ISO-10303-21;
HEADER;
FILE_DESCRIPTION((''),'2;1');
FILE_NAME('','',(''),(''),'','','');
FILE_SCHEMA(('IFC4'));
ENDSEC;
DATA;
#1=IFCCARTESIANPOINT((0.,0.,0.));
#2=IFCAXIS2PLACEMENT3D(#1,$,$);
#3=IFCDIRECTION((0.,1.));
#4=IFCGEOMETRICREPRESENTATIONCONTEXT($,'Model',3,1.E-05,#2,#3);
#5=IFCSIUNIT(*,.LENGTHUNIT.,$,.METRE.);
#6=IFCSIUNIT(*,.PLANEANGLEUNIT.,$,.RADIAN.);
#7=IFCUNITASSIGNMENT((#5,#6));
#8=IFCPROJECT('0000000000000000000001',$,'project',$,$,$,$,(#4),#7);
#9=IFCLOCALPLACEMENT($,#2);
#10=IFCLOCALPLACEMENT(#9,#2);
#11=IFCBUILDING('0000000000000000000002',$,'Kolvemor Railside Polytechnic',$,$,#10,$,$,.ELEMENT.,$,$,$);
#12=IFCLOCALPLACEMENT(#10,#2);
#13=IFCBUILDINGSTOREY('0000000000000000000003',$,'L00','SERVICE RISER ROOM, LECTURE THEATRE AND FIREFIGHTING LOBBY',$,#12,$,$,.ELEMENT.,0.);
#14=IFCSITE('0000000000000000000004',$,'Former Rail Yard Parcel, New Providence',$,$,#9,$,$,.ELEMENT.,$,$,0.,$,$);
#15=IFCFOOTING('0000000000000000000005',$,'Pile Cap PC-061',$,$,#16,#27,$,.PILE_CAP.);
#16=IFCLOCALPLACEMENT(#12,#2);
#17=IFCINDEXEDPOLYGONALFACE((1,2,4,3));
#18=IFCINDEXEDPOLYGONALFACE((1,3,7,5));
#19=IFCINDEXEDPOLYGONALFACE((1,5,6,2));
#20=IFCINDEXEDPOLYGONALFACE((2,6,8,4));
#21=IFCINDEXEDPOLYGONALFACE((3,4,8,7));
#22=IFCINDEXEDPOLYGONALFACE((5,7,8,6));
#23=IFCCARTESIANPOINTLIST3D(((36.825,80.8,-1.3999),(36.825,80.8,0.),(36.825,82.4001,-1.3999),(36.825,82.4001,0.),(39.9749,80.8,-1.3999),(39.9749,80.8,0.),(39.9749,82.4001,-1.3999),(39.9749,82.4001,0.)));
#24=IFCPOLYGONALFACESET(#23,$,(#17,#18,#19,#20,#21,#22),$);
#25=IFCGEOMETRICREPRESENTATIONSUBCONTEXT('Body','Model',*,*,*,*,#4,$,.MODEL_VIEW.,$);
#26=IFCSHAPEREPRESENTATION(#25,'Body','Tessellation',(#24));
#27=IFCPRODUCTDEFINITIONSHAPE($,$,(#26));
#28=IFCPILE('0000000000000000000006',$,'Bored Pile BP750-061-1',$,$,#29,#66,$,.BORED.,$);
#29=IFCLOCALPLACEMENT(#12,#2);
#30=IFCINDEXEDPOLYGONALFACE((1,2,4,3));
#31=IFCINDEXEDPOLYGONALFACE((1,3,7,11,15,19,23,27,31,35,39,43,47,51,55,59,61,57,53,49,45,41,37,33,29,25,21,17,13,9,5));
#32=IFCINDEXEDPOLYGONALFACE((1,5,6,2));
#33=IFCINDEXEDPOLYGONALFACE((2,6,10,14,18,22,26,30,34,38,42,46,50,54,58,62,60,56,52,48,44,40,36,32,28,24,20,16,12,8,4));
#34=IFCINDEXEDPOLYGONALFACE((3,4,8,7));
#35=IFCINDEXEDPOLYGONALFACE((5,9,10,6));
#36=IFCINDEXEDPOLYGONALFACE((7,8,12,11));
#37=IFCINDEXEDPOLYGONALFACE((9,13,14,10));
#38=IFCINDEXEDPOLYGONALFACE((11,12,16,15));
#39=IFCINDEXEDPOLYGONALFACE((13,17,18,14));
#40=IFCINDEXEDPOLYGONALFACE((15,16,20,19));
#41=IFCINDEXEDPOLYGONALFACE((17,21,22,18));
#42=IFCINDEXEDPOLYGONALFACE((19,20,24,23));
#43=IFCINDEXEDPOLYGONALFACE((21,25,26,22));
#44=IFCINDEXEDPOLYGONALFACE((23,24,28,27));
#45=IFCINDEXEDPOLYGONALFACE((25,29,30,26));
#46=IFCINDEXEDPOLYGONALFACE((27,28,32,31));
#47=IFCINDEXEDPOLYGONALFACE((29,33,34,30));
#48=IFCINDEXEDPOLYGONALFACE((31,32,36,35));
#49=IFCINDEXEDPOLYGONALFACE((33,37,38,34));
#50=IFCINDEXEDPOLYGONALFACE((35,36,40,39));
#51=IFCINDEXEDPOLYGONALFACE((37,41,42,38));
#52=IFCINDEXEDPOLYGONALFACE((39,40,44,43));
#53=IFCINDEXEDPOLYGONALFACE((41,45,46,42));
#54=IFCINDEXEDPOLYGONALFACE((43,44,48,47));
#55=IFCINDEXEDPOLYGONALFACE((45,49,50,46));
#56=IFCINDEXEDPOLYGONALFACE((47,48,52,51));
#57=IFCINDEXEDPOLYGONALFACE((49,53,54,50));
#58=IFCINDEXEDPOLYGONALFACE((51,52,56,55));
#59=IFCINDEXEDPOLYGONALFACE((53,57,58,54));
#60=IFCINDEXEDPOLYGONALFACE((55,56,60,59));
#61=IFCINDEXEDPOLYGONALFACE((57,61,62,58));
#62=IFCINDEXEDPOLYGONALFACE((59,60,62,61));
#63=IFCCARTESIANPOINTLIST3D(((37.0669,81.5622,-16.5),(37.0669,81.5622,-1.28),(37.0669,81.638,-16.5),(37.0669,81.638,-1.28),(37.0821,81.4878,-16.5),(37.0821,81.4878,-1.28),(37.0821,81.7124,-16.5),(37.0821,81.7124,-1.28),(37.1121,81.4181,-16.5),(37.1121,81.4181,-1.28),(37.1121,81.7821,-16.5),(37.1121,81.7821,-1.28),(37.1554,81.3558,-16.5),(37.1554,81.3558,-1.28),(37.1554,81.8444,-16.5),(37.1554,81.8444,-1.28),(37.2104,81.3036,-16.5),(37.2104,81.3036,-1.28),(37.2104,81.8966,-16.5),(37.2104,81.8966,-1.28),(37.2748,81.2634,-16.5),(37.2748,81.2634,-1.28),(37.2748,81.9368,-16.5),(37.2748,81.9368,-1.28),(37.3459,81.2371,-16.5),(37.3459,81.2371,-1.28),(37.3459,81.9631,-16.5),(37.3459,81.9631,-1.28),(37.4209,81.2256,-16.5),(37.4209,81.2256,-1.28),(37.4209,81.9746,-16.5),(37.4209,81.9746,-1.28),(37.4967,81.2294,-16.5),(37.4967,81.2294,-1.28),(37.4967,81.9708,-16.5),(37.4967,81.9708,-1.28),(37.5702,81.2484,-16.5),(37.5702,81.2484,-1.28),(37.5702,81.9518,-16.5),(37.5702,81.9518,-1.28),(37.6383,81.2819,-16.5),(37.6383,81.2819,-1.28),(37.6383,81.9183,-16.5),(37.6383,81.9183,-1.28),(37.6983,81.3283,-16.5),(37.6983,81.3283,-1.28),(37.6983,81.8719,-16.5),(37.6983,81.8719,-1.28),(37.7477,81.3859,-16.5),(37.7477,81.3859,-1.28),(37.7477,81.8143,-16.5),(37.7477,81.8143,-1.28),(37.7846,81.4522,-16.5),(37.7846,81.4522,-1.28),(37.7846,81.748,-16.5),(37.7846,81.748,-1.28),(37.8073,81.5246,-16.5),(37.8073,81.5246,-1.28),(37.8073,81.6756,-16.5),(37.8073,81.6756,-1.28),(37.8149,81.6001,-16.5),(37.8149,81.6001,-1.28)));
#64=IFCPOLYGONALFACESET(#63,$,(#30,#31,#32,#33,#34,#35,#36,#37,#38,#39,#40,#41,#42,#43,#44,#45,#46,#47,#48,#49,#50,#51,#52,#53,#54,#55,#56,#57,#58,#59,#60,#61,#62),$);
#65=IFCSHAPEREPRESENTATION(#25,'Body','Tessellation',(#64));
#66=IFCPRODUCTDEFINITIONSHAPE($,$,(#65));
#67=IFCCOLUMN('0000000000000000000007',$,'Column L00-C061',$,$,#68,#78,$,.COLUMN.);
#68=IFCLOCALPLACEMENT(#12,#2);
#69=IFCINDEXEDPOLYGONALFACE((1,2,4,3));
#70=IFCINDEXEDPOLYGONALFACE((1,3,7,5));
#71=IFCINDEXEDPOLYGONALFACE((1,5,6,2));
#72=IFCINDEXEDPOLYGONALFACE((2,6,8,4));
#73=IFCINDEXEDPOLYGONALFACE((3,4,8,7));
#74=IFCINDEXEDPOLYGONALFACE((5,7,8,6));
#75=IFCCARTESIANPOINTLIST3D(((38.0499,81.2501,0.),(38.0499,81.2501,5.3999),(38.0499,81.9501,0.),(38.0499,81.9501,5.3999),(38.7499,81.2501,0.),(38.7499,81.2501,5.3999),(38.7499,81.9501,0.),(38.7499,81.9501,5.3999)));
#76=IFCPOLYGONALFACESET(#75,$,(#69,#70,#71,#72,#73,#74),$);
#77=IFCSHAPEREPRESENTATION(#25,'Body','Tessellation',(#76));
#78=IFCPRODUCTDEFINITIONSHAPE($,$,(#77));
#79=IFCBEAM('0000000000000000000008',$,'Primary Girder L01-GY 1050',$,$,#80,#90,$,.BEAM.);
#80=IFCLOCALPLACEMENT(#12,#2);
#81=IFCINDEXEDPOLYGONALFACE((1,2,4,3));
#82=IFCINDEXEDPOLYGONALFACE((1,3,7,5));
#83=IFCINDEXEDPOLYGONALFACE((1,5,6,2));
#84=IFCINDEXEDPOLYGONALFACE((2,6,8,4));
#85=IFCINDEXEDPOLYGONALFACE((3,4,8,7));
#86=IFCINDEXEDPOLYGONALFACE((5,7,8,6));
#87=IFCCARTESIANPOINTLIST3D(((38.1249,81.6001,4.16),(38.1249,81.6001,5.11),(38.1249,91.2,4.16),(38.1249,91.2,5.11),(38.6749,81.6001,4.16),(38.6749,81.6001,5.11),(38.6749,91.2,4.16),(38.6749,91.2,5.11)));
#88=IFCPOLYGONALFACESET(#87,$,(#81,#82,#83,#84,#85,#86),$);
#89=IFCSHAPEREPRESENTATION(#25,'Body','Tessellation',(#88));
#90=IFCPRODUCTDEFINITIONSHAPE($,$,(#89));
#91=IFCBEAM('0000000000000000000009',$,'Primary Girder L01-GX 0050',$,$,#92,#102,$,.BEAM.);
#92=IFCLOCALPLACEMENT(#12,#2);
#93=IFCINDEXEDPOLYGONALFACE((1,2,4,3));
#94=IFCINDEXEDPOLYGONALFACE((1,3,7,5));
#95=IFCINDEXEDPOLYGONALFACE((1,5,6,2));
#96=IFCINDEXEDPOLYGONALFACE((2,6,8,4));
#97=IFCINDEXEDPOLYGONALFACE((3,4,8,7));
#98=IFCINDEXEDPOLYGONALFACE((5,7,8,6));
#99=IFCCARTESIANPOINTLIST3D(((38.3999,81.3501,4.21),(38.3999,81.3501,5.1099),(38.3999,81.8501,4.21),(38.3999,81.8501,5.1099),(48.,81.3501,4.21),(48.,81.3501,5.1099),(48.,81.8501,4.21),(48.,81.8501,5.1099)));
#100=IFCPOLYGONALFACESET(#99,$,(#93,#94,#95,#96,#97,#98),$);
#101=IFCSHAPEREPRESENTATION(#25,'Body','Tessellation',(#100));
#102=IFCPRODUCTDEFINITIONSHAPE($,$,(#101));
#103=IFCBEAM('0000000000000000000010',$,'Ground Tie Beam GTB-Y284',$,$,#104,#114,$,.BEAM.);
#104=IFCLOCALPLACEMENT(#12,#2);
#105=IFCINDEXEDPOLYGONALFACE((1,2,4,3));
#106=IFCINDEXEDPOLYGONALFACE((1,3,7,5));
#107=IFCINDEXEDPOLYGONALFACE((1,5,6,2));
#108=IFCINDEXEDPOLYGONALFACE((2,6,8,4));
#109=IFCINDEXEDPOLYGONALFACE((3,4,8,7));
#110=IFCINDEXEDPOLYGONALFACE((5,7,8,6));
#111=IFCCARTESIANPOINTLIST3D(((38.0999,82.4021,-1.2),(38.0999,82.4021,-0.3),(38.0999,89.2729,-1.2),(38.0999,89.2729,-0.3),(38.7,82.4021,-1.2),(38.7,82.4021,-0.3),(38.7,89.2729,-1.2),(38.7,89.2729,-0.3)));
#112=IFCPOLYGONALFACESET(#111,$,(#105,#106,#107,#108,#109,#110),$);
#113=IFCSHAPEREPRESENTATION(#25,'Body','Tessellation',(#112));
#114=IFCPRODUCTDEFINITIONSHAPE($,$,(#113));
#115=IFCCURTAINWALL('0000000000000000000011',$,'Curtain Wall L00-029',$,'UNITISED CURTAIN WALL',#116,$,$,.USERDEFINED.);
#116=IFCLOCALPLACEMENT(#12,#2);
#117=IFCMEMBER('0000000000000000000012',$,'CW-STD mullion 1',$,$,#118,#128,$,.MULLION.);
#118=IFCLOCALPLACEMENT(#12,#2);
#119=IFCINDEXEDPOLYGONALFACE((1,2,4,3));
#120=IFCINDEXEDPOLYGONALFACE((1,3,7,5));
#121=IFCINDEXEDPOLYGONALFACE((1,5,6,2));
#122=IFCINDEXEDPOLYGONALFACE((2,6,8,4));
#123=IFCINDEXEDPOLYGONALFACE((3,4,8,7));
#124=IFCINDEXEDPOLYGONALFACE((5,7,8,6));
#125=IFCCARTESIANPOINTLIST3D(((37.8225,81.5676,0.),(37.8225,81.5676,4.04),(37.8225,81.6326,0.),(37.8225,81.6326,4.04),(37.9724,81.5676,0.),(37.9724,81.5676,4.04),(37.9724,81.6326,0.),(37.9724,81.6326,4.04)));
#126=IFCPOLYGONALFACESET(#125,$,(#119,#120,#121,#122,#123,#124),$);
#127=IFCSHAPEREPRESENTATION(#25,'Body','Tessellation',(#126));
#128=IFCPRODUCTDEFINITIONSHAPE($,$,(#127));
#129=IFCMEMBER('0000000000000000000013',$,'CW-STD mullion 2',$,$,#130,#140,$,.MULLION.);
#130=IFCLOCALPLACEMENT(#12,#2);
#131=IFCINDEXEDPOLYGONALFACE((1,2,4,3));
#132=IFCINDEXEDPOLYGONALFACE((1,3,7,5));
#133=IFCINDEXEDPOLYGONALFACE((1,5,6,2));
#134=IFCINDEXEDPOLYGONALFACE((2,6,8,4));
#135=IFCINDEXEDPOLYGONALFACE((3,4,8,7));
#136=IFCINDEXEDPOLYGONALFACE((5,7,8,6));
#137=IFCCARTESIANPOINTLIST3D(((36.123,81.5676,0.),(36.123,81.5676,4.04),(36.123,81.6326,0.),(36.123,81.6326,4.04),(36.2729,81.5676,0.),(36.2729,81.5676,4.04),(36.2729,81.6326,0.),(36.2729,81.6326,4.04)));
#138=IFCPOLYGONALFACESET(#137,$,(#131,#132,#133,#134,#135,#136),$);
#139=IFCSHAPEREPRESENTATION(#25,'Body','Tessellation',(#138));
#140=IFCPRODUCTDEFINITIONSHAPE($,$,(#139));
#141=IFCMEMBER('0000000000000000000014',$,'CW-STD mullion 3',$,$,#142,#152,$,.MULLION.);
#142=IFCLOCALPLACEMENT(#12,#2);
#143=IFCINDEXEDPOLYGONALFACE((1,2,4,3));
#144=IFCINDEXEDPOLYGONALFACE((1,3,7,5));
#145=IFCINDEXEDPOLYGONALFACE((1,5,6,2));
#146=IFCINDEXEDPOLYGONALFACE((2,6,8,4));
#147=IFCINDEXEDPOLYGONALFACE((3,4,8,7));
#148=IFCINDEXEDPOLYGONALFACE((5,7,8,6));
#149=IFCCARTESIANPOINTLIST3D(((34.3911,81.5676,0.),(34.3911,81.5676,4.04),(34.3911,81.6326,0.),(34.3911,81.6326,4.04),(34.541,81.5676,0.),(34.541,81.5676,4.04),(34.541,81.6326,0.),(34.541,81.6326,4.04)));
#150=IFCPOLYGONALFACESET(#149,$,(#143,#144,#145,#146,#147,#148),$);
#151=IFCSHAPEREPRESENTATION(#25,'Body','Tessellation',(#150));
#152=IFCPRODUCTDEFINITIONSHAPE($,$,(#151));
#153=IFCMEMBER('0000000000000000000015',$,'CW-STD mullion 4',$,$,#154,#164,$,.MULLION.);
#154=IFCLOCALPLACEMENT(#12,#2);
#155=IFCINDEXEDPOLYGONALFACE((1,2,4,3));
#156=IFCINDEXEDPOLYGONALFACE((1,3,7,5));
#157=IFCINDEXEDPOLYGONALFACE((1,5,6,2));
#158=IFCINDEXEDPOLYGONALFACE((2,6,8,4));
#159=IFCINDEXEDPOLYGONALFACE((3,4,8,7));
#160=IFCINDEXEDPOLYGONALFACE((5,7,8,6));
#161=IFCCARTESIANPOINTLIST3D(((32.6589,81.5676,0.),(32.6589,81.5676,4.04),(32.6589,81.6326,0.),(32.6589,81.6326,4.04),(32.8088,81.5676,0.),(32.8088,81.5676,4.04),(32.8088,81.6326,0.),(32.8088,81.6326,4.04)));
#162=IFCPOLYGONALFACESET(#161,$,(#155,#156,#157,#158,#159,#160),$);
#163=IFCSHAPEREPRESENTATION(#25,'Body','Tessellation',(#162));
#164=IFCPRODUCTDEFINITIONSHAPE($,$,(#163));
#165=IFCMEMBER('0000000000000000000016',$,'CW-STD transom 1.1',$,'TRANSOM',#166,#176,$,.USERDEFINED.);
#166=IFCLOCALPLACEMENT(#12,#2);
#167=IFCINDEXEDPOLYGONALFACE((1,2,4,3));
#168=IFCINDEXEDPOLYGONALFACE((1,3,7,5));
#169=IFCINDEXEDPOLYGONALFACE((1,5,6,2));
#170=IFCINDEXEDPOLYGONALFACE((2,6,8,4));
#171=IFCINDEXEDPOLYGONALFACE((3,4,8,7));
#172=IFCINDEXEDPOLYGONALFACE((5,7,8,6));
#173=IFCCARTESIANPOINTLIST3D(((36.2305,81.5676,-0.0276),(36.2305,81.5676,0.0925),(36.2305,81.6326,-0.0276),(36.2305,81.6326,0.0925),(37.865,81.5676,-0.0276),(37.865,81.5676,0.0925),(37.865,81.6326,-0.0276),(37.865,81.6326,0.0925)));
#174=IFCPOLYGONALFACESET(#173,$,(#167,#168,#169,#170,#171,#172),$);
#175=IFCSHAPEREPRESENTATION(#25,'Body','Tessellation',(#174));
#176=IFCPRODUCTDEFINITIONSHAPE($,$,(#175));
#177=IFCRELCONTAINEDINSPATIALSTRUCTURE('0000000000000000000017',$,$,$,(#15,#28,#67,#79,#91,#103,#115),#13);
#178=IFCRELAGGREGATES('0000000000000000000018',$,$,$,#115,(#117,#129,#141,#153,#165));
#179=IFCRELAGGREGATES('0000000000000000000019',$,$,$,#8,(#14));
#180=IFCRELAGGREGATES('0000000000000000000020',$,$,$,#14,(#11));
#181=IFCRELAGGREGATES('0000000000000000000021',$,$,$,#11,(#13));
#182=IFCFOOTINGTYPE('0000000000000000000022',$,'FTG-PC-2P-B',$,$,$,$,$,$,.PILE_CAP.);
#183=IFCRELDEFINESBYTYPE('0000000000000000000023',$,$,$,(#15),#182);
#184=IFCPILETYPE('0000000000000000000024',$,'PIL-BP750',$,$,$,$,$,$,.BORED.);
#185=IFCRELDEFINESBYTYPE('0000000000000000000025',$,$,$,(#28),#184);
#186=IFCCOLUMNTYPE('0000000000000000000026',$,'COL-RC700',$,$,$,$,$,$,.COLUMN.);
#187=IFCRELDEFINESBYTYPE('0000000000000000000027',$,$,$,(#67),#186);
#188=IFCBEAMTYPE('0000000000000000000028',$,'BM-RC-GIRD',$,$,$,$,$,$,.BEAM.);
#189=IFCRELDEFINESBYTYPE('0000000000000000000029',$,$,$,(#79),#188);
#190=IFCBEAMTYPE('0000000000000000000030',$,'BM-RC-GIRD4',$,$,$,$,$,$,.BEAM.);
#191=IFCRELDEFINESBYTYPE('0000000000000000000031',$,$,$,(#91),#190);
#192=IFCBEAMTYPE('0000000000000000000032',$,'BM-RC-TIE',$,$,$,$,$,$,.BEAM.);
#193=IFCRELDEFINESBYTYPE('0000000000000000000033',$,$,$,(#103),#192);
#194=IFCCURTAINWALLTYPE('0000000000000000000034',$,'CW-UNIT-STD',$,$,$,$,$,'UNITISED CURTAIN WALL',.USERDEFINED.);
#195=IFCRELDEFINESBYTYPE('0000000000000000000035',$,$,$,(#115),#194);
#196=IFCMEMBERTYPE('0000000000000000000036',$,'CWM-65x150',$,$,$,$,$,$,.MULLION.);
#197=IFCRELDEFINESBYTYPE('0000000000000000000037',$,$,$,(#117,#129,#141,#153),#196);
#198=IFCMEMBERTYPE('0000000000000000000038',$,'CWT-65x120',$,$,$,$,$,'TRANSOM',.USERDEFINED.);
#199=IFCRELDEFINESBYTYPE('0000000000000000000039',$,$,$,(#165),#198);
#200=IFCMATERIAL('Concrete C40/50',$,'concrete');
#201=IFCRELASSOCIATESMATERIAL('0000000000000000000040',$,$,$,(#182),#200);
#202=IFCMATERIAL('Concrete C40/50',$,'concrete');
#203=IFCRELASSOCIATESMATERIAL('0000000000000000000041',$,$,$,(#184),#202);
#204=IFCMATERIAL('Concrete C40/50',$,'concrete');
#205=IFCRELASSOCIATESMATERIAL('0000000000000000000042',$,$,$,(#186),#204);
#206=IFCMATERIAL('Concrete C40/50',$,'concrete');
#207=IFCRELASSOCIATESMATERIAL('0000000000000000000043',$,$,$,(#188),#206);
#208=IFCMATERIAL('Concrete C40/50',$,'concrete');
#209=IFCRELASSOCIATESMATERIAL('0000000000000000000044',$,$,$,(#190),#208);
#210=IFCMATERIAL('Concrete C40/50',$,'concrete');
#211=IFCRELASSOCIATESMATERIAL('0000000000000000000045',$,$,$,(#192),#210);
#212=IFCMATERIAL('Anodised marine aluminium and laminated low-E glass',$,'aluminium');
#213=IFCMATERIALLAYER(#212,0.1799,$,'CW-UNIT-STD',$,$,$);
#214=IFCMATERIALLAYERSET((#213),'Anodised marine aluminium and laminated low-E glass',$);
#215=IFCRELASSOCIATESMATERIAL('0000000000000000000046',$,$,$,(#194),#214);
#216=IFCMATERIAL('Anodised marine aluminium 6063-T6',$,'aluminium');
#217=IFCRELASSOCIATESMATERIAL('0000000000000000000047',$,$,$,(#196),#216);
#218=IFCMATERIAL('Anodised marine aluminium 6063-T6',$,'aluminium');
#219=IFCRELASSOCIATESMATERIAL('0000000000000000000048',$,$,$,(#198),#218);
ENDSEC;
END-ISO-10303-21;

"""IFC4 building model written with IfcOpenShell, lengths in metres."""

from ifc_helpers import new_model, si_unit, direction, frame, origin, origin_2d, place, context, subcontext, project, spatial, rectangle, circle, extrude, material, layer, layer_set, material_profile, profile_set, type_object, element, aggregate, save


model = new_model("IFC4")

# Units and contexts
model_context = context("Model", 3, precision=1e-05, world=origin(), true_north=direction((0.0, 1.0)))
body_context = subcontext(model_context, "Body", "Model", "MODEL_VIEW")
ifc_project = project(units=[si_unit("LENGTHUNIT", "METRE"), si_unit("PLANEANGLEUNIT", "RADIAN")], contexts=[model_context])

# Site, building, storey
site_placement = place(None, origin())
site = spatial("IfcSite", under=ifc_project, at=site_placement, Name="Former Rail Yard Parcel, New Providence", CompositionType="ELEMENT", RefElevation=0.0)
building_placement = place(site_placement, origin())
building = spatial("IfcBuilding", under=site, at=building_placement, Name="Kolvemor Railside Polytechnic", CompositionType="ELEMENT")
storey_placement = place(building_placement, origin())
storey = spatial("IfcBuildingStorey", under=building, at=storey_placement, Name="L00", Description="SERVICE RISER ROOM, LECTURE THEATRE AND FIREFIGHTING LOBBY", CompositionType="ELEMENT", Elevation=0.0)

# Footing
ifc_material_1 = material(Name="Concrete C40/50", Category="concrete")
footing_type = type_object("IfcFootingType", Name="FTG-PC-2P-B", PredefinedType="PILE_CAP", material=ifc_material_1)
footing_placement = place(storey_placement, frame((38.3999, 81.6001, -1.3999), z_axis=(0.0, 0.0, 1.0), x_axis=(1.0, 0.0, 0.0)))
element("IfcFooting", 1, at=footing_placement, inside=storey, type_object=footing_type, Name="Pile Cap PC-061", PredefinedType="PILE_CAP", context=body_context, shape_type="SweptSolid", body=[
    extrude(rectangle(XDim=3.1499, YDim=1.6001, at=origin_2d()), origin(), (0.0, 0.0, 1.0), 1.3999),
])

# Pile
ifc_material_2 = material(Name="Concrete C40/50", Category="concrete")
ifc_material_profile_1 = material_profile(ifc_material_2, circle(Radius=0.375, at=origin_2d()), Name="BP750")
ifc_profile_set_1 = profile_set([ifc_material_profile_1], Name="Concrete C40/50")
pile_type = type_object("IfcPileType", Name="PIL-BP750", PredefinedType="BORED", material=ifc_profile_set_1)
pile_placement = place(storey_placement, frame((37.4399, 81.6001, -1.28), z_axis=(0.0, 0.0, -1.0), x_axis=(1.0, 0.0, 0.0)))
element("IfcPile", 2, at=pile_placement, inside=storey, type_object=pile_type, Name="Bored Pile BP750-061-1", PredefinedType="BORED", context=body_context, shape_type="SweptSolid", body=[
    extrude(circle(Radius=0.375, at=origin_2d()), origin(), (0.0, 0.0, 1.0), 15.22),
])

# Column
ifc_material_3 = material(Name="Concrete C40/50", Category="concrete")
ifc_material_profile_2 = material_profile(ifc_material_3, rectangle(XDim=0.7, YDim=0.7, at=origin_2d()), Name="RC700x700")
ifc_profile_set_2 = profile_set([ifc_material_profile_2], Name="Concrete C40/50")
column_type = type_object("IfcColumnType", Name="COL-RC700", PredefinedType="COLUMN", material=ifc_profile_set_2)
column_placement = place(storey_placement, frame((38.3999, 81.6001, 0.0), z_axis=(0.0, 0.0, 1.0), x_axis=(1.0, 0.0, 0.0)))
element("IfcColumn", 3, at=column_placement, inside=storey, type_object=column_type, Name="Column L00-C061", PredefinedType="COLUMN", context=body_context, shape_type="SweptSolid", body=[
    extrude(rectangle(XDim=0.7, YDim=0.7, at=origin_2d()), origin(), (0.0, 0.0, 1.0), 5.3999),
])

# Beams
ifc_material_4 = material(Name="Concrete C40/50", Category="concrete")
ifc_material_profile_3 = material_profile(ifc_material_4, rectangle(XDim=0.55, YDim=0.95, at=origin_2d()), Name="RC550x950")
ifc_profile_set_3 = profile_set([ifc_material_profile_3], Name="Concrete C40/50")
beam_type_1 = type_object("IfcBeamType", Name="BM-RC-GIRD", PredefinedType="BEAM", material=ifc_profile_set_3)
beam_1_placement = place(storey_placement, frame((38.3999, 81.6001, 4.635), z_axis=(0.0, 1.0, 0.0), x_axis=(-1.0, 0.0, 0.0)))
element("IfcBeam", 4, at=beam_1_placement, inside=storey, type_object=beam_type_1, Name="Primary Girder L01-GY 1050", PredefinedType="BEAM", context=body_context, shape_type="SweptSolid", body=[
    extrude(rectangle(XDim=0.55, YDim=0.95, at=origin_2d()), origin(), (0.0, 0.0, 1.0), 9.5999),
])
ifc_material_5 = material(Name="Concrete C40/50", Category="concrete")
ifc_material_profile_4 = material_profile(ifc_material_5, rectangle(XDim=0.5, YDim=0.8999, at=origin_2d()), Name="RC500x900")
ifc_profile_set_4 = profile_set([ifc_material_profile_4], Name="Concrete C40/50")
beam_type_2 = type_object("IfcBeamType", Name="BM-RC-GIRD4", PredefinedType="BEAM", material=ifc_profile_set_4)
beam_2_placement = place(storey_placement, frame((38.3999, 81.6001, 4.6599), z_axis=(1.0, 0.0, 0.0), x_axis=(0.0, 1.0, 0.0)))
element("IfcBeam", 5, at=beam_2_placement, inside=storey, type_object=beam_type_2, Name="Primary Girder L01-GX 0050", PredefinedType="BEAM", context=body_context, shape_type="SweptSolid", body=[
    extrude(rectangle(XDim=0.5, YDim=0.8999, at=origin_2d()), origin(), (0.0, 0.0, 1.0), 9.6001),
])
ifc_material_6 = material(Name="Concrete C40/50", Category="concrete")
ifc_material_profile_5 = material_profile(ifc_material_6, rectangle(XDim=0.6001, YDim=0.8999, at=origin_2d()), Name="RC600x900")
ifc_profile_set_5 = profile_set([ifc_material_profile_5], Name="Concrete C40/50")
beam_type_3 = type_object("IfcBeamType", Name="BM-RC-TIE", PredefinedType="BEAM", material=ifc_profile_set_5)
beam_3_placement = place(storey_placement, frame((38.3999, 82.4021, -0.75), z_axis=(0.0, 1.0, 0.0), x_axis=(-1.0, 0.0, 0.0)))
element("IfcBeam", 6, at=beam_3_placement, inside=storey, type_object=beam_type_3, Name="Ground Tie Beam GTB-Y284", PredefinedType="BEAM", context=body_context, shape_type="SweptSolid", body=[
    extrude(rectangle(XDim=0.6001, YDim=0.8999, at=origin_2d()), origin(), (0.0, 0.0, 1.0), 6.8708),
])

# Curtain wall, members
ifc_material_7 = material(Name="Anodised marine aluminium and laminated low-E glass", Category="aluminium")
ifc_layer_1 = layer(ifc_material_7, 0.1799, Name="CW-UNIT-STD")
ifc_layer_set_1 = layer_set([ifc_layer_1], Name="Anodised marine aluminium and laminated low-E glass")
curtain_wall_type = type_object("IfcCurtainWallType", Name="CW-UNIT-STD", ElementType="UNITISED CURTAIN WALL", PredefinedType="USERDEFINED", material=ifc_layer_set_1)
curtain_wall_placement = place(storey_placement, origin())
curtain_wall = element("IfcCurtainWall", 7, at=curtain_wall_placement, inside=storey, type_object=curtain_wall_type, Name="Curtain Wall L00-029", ObjectType="UNITISED CURTAIN WALL", PredefinedType="USERDEFINED")
ifc_material_8 = material(Name="Anodised marine aluminium 6063-T6", Category="aluminium")
ifc_material_profile_6 = material_profile(ifc_material_8, rectangle(XDim=0.0649, YDim=0.1499, at=origin_2d()), Name="CW-MUL-65x150")
ifc_profile_set_6 = profile_set([ifc_material_profile_6], Name="Anodised marine aluminium 6063-T6")
member_type_1 = type_object("IfcMemberType", Name="CWM-65x150", PredefinedType="MULLION", material=ifc_profile_set_6)
member_1_placement = place(storey_placement, frame((37.8975, 81.6001, 0.0), z_axis=(0.0, 0.0, 1.0), x_axis=(0.0, -1.0, 0.0)))
member_1 = element("IfcMember", 8, at=member_1_placement, type_object=member_type_1, Name="CW-STD mullion 1", PredefinedType="MULLION", context=body_context, shape_type="SweptSolid", body=[
    extrude(rectangle(XDim=0.0649, YDim=0.1499, at=origin_2d()), origin(), (0.0, 0.0, 1.0), 4.04),
])
member_2_placement = place(storey_placement, frame((36.198, 81.6001, 0.0), z_axis=(0.0, 0.0, 1.0), x_axis=(0.0, -1.0, 0.0)))
member_2 = element("IfcMember", 9, at=member_2_placement, type_object=member_type_1, Name="CW-STD mullion 2", PredefinedType="MULLION", context=body_context, shape_type="SweptSolid", body=[
    extrude(rectangle(XDim=0.0649, YDim=0.1499, at=origin_2d()), origin(), (0.0, 0.0, 1.0), 4.04),
])
member_3_placement = place(storey_placement, frame((34.4661, 81.6001, 0.0), z_axis=(0.0, 0.0, 1.0), x_axis=(0.0, -1.0, 0.0)))
member_3 = element("IfcMember", 10, at=member_3_placement, type_object=member_type_1, Name="CW-STD mullion 3", PredefinedType="MULLION", context=body_context, shape_type="SweptSolid", body=[
    extrude(rectangle(XDim=0.0649, YDim=0.1499, at=origin_2d()), origin(), (0.0, 0.0, 1.0), 4.04),
])
member_4_placement = place(storey_placement, frame((32.7339, 81.6001, 0.0), z_axis=(0.0, 0.0, 1.0), x_axis=(0.0, -1.0, 0.0)))
member_4 = element("IfcMember", 11, at=member_4_placement, type_object=member_type_1, Name="CW-STD mullion 4", PredefinedType="MULLION", context=body_context, shape_type="SweptSolid", body=[
    extrude(rectangle(XDim=0.0649, YDim=0.1499, at=origin_2d()), origin(), (0.0, 0.0, 1.0), 4.04),
])
ifc_material_9 = material(Name="Anodised marine aluminium 6063-T6", Category="aluminium")
ifc_material_profile_7 = material_profile(ifc_material_9, rectangle(XDim=0.0649, YDim=0.1201, at=origin_2d()), Name="CW-TRN-65x120")
ifc_profile_set_7 = profile_set([ifc_material_profile_7], Name="Anodised marine aluminium 6063-T6")
member_type_2 = type_object("IfcMemberType", Name="CWT-65x120", ElementType="TRANSOM", PredefinedType="USERDEFINED", material=ifc_profile_set_7)
member_5_placement = place(storey_placement, frame((37.865, 81.6001, 0.0325), z_axis=(-1.0, 0.0, 0.0), x_axis=(0.0, -1.0, 0.0)))
member_5 = element("IfcMember", 12, at=member_5_placement, type_object=member_type_2, Name="CW-STD transom 1.1", ObjectType="TRANSOM", PredefinedType="USERDEFINED", context=body_context, shape_type="SweptSolid", body=[
    extrude(rectangle(XDim=0.0649, YDim=0.1201, at=origin_2d()), origin(), (0.0, 0.0, 1.0), 1.6345),
])
aggregate(curtain_wall, [member_1, member_2, member_3, member_4, member_5])

save(model, "model.ifc")
